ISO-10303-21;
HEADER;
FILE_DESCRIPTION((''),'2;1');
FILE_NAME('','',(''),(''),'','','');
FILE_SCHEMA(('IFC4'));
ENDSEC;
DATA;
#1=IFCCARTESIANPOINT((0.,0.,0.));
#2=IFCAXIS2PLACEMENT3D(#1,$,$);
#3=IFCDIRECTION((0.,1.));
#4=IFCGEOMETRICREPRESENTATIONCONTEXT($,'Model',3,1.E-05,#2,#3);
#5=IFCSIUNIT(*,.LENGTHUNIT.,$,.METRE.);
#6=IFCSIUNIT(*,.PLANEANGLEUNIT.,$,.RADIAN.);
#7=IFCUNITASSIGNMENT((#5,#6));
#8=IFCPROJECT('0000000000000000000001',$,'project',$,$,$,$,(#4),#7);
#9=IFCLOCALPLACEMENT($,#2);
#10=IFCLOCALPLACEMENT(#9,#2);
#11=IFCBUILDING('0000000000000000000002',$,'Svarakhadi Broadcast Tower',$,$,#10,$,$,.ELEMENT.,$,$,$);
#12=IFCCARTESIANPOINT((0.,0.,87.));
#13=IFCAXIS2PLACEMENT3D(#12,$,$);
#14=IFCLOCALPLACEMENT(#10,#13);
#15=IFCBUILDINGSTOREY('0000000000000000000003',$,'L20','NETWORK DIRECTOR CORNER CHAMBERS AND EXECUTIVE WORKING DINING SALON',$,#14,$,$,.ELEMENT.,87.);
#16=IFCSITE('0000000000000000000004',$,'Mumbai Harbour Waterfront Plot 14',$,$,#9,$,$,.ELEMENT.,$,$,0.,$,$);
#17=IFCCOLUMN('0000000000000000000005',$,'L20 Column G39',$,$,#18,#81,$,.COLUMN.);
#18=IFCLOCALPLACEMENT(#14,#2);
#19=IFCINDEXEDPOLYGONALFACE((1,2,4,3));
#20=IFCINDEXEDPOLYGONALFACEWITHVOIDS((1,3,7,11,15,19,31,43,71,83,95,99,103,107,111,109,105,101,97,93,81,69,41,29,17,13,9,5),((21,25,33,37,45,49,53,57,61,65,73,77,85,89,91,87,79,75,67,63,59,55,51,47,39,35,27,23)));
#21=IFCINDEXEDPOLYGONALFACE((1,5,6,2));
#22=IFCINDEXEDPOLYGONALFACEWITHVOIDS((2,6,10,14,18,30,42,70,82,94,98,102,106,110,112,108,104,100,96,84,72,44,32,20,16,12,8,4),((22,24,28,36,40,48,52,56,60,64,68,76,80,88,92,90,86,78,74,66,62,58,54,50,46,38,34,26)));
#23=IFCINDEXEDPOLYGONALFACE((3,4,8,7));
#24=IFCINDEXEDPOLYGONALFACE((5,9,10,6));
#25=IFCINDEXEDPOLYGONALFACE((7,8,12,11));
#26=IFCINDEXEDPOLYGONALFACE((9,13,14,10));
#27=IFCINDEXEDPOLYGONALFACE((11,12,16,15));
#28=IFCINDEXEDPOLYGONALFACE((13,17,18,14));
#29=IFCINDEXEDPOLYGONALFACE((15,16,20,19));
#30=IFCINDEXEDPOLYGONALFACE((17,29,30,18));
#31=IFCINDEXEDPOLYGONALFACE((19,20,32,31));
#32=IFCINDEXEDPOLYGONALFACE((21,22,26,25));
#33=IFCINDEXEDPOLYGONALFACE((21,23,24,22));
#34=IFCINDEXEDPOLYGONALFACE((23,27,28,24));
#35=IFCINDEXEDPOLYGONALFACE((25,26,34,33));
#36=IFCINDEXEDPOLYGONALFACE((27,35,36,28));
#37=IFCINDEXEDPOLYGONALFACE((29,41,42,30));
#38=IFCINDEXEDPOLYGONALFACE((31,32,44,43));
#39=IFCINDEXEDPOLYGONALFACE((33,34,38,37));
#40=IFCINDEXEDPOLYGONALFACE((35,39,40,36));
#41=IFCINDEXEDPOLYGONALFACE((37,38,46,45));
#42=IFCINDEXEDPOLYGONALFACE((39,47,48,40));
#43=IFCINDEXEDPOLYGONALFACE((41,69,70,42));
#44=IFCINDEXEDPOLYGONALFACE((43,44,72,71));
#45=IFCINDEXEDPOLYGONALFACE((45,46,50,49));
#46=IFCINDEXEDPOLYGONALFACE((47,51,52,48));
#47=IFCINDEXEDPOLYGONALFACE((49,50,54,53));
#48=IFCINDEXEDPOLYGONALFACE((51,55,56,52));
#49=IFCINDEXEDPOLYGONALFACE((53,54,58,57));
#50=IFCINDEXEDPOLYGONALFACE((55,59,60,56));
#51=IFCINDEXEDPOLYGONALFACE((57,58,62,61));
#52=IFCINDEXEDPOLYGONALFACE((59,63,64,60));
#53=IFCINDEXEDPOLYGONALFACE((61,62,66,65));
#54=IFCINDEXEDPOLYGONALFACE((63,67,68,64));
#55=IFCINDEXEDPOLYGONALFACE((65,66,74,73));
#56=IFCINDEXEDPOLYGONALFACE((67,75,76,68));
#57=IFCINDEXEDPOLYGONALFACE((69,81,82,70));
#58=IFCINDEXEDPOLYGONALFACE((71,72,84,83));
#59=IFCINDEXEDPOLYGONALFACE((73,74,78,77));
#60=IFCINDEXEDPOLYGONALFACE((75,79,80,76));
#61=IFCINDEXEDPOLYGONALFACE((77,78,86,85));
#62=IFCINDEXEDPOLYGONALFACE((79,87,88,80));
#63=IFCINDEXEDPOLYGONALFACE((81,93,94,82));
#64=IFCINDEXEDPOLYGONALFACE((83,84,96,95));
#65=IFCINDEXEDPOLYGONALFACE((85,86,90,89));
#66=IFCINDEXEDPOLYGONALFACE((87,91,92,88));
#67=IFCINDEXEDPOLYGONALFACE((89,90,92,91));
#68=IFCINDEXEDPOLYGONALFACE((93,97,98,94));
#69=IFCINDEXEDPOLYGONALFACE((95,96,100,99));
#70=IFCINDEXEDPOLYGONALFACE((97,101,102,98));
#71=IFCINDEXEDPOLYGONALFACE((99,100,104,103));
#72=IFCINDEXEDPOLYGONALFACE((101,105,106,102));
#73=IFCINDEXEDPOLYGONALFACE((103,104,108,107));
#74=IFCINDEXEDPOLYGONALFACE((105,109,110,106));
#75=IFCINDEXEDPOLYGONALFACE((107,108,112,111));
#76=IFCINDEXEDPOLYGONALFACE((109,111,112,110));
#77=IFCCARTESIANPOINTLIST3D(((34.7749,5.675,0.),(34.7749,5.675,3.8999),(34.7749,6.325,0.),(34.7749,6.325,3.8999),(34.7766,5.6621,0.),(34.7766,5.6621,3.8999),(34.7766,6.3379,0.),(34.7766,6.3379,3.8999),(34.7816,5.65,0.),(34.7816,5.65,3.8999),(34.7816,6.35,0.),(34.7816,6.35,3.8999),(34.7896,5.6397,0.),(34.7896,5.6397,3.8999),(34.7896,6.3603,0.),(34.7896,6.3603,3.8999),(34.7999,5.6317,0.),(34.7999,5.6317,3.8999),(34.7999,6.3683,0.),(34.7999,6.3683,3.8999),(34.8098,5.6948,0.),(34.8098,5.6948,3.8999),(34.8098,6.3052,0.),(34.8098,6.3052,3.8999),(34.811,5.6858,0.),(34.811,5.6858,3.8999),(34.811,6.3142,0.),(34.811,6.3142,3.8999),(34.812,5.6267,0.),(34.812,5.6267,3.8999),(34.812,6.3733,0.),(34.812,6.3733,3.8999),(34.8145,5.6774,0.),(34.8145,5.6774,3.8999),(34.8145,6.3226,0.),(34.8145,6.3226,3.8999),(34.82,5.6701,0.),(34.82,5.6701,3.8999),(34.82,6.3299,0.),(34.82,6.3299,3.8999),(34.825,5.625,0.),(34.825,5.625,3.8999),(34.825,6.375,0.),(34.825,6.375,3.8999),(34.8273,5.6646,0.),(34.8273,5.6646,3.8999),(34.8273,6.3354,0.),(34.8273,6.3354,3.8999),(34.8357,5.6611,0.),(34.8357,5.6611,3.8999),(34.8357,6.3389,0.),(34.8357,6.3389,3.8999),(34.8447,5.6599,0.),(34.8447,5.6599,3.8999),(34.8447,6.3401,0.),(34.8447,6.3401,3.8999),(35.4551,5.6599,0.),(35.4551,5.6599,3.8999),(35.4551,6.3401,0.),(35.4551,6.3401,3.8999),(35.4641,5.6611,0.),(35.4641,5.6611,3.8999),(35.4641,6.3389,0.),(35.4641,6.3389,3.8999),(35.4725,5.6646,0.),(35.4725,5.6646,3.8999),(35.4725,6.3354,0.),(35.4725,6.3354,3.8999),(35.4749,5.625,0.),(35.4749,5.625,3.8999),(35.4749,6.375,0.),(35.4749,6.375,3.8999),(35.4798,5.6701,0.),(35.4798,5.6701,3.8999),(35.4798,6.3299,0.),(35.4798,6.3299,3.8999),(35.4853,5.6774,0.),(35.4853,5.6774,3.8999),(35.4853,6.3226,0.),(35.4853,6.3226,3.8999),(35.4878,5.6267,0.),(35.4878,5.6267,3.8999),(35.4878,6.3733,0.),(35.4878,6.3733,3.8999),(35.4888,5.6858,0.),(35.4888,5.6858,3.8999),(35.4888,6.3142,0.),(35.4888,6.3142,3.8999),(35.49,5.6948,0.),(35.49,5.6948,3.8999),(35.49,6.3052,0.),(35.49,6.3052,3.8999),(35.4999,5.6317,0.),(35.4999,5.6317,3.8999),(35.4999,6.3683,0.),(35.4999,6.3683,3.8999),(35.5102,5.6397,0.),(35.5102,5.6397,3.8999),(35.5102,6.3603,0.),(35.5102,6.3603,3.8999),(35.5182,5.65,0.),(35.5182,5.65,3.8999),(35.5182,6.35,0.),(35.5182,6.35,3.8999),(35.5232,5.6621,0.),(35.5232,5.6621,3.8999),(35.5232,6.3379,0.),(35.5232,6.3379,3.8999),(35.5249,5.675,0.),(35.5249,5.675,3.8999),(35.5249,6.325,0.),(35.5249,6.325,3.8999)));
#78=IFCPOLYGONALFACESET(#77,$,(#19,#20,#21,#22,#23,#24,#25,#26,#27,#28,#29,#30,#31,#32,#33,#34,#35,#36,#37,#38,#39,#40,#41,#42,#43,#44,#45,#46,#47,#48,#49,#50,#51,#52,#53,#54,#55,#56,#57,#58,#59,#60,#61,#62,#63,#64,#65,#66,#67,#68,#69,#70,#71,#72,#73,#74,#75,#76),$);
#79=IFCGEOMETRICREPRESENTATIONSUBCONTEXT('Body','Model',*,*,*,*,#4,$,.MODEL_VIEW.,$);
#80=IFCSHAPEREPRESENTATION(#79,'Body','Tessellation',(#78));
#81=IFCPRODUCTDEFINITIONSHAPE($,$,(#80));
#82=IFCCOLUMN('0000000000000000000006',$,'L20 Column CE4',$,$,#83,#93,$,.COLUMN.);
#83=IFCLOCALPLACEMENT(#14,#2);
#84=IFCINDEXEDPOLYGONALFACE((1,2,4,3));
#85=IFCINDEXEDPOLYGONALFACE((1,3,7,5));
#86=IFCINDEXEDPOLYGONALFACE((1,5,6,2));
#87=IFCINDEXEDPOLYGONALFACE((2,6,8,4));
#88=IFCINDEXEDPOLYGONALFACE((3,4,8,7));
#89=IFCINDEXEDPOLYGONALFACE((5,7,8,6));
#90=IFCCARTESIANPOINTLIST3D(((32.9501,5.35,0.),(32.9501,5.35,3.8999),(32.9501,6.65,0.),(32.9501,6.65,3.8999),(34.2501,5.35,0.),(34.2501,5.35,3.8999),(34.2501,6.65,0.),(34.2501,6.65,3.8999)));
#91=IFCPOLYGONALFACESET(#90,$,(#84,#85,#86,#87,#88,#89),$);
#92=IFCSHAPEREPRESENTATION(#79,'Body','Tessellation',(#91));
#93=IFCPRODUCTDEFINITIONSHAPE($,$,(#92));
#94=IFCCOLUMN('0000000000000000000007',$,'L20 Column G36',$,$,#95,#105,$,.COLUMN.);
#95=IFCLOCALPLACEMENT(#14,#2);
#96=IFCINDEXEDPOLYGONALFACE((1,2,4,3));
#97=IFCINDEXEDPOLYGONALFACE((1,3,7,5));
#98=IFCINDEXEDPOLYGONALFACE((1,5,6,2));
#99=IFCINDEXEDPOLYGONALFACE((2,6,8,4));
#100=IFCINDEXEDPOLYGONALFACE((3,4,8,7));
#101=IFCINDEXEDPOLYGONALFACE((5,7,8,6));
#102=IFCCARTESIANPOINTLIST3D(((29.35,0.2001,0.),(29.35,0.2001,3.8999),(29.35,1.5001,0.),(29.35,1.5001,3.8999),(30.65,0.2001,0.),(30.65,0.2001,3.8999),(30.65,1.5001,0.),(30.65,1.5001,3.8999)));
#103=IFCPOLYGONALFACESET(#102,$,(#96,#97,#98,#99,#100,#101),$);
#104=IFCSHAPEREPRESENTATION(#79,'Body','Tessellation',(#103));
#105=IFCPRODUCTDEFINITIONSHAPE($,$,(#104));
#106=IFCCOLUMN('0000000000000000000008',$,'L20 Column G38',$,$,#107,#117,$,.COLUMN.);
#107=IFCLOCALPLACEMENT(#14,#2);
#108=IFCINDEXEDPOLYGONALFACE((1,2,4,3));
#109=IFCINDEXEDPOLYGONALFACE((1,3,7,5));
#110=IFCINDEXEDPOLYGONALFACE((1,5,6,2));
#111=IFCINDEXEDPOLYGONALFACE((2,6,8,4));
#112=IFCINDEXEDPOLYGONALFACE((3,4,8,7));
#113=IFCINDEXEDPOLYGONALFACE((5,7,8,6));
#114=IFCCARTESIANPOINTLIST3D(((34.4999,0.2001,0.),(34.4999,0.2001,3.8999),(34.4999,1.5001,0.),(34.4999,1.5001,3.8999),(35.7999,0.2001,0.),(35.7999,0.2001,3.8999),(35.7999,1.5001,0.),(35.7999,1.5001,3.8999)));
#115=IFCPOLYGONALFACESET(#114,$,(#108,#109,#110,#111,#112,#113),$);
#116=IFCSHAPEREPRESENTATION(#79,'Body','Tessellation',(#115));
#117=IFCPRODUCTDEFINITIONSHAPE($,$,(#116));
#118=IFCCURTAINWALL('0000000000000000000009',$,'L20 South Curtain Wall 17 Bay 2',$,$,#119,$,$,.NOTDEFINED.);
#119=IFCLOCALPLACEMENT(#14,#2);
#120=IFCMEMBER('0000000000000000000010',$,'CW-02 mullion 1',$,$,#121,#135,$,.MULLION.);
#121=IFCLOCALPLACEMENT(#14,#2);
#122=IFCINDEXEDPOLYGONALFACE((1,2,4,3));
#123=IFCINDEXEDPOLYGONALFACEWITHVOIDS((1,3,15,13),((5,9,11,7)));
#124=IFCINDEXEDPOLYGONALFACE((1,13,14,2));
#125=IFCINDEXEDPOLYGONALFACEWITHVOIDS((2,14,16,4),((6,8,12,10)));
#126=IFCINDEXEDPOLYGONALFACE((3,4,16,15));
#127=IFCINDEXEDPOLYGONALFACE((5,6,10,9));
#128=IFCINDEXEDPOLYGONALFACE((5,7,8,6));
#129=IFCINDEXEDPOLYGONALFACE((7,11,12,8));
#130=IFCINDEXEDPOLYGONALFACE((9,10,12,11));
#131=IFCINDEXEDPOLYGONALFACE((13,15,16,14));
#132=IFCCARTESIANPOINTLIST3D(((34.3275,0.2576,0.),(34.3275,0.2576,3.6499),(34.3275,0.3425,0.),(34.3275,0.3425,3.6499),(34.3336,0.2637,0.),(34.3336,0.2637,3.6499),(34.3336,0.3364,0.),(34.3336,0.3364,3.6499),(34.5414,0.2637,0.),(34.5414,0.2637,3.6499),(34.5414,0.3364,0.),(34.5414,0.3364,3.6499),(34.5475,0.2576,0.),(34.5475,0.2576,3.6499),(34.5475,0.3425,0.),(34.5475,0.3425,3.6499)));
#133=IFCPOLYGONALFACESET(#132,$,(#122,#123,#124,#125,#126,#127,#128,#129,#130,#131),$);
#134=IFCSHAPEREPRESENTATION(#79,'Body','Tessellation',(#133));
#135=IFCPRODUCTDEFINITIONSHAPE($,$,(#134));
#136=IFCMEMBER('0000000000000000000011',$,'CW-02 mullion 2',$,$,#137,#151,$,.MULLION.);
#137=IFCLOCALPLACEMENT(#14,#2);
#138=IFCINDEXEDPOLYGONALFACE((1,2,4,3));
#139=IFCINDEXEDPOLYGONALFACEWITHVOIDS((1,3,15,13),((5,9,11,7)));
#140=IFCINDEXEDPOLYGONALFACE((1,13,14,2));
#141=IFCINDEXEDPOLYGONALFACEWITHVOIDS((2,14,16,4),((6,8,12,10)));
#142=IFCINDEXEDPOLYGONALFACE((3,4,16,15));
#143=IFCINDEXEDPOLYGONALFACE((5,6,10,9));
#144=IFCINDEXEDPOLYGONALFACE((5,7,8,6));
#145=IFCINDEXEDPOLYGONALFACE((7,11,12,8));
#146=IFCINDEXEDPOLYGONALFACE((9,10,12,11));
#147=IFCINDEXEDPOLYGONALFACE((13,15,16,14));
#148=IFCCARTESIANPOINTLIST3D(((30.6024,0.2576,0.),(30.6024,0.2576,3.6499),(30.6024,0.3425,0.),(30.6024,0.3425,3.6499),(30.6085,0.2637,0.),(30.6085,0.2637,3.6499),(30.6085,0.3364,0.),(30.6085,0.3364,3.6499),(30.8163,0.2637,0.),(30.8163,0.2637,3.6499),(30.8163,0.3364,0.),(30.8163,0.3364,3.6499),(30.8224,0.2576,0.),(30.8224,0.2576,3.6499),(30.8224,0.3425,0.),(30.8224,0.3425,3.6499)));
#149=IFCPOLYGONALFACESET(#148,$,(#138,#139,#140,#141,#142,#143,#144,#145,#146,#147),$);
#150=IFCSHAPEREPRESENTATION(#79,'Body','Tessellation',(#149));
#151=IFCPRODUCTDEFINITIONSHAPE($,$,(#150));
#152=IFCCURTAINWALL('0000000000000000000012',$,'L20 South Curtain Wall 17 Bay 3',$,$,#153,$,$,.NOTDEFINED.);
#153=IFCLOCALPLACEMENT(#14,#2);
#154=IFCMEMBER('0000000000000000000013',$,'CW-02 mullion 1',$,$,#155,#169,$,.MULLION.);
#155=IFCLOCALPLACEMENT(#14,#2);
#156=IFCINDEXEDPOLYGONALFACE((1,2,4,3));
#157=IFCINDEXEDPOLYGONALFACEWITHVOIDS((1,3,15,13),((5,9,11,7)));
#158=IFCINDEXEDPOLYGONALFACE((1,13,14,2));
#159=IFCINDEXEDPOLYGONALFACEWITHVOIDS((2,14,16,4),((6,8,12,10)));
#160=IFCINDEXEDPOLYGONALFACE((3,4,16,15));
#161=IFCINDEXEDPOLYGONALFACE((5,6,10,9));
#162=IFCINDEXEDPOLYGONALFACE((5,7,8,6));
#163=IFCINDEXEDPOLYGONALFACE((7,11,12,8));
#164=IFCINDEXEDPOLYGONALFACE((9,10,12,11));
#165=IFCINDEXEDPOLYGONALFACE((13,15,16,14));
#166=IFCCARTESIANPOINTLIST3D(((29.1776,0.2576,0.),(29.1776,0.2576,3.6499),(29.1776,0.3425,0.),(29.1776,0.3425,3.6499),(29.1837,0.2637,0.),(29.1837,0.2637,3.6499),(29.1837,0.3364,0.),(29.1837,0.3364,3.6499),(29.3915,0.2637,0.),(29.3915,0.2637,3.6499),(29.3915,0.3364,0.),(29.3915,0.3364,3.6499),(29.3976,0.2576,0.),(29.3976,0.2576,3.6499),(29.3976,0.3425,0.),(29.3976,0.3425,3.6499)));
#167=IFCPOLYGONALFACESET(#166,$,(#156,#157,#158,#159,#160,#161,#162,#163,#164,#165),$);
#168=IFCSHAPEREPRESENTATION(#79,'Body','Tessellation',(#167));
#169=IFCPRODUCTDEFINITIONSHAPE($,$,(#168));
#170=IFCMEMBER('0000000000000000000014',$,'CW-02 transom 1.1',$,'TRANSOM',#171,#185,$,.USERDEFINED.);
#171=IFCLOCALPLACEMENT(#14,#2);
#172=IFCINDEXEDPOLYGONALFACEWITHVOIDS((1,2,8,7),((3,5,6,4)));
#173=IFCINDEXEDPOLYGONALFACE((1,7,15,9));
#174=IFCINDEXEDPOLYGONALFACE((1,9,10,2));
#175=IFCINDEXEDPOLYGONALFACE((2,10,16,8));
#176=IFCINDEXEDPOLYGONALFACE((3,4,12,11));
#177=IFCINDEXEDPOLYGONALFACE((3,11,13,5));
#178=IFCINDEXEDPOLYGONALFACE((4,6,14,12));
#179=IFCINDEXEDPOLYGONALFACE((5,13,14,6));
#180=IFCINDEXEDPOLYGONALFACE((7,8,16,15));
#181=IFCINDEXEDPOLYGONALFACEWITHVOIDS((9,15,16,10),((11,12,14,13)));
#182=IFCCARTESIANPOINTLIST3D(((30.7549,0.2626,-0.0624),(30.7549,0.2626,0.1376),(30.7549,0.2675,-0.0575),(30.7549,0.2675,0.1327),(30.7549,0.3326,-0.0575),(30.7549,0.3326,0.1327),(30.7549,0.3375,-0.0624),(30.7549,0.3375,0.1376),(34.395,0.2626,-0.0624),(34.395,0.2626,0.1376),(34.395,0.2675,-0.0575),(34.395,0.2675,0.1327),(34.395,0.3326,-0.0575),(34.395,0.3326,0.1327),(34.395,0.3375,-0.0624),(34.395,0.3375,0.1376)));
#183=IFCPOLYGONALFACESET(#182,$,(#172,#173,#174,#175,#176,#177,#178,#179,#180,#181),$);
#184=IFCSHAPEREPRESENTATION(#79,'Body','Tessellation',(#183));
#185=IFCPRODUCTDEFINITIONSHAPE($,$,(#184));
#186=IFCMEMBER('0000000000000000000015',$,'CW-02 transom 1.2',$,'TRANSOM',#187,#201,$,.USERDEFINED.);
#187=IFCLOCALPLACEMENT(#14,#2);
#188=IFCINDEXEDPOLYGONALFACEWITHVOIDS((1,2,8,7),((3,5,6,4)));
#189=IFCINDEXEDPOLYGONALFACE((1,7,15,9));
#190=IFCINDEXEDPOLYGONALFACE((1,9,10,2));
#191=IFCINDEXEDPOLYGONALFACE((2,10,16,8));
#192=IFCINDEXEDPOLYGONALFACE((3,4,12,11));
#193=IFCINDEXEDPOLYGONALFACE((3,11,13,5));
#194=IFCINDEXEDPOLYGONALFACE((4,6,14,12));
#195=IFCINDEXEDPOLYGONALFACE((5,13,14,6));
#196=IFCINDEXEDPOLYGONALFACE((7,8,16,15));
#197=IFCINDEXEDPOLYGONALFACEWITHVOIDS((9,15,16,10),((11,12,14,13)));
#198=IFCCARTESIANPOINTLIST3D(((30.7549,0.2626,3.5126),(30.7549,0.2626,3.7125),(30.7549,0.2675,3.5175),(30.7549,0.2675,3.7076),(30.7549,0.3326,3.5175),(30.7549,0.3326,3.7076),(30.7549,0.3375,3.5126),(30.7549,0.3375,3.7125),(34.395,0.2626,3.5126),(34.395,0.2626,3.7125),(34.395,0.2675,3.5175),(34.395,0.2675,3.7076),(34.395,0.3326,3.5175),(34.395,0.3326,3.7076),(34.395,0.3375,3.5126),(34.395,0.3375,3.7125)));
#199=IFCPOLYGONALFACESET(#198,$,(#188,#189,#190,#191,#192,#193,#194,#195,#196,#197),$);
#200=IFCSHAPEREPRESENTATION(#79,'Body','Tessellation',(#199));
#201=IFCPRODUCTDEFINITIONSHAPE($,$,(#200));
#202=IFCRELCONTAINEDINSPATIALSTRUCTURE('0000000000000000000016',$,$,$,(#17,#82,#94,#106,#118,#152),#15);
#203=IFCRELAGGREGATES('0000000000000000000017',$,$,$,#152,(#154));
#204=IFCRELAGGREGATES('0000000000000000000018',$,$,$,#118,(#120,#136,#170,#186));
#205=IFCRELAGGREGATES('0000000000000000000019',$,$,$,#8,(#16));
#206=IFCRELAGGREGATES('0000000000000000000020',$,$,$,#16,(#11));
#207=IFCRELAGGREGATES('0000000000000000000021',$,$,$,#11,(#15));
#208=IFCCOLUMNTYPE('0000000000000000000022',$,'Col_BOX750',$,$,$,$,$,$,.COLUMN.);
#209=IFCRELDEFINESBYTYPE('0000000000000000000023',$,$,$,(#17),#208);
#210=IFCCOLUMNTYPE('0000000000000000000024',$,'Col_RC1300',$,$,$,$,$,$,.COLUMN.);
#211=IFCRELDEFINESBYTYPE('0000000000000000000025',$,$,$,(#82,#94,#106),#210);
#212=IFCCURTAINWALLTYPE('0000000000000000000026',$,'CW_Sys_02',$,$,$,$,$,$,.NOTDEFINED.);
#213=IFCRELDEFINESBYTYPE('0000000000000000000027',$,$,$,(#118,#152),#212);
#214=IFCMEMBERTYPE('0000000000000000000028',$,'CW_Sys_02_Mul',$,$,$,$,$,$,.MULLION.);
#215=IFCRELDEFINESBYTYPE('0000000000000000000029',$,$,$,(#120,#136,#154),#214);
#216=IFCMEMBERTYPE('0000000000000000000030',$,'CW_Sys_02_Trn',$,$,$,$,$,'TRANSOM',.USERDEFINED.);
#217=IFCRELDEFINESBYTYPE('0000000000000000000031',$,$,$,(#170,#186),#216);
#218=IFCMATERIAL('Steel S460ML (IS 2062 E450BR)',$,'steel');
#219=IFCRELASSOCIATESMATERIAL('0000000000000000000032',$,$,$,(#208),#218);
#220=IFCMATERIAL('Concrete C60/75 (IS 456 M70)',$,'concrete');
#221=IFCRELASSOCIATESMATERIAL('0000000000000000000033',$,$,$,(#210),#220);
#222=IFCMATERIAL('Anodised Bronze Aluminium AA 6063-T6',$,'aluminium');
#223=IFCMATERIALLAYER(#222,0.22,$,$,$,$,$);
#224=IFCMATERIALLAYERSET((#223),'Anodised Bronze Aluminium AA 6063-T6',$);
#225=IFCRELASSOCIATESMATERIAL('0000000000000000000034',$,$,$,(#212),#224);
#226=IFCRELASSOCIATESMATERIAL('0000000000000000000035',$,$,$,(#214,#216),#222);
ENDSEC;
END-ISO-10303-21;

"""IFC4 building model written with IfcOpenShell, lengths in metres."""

from ifc_helpers import new_model, si_unit, direction, frame, origin, origin_2d, place, context, subcontext, project, spatial, rectangle, hollow_rectangle, extrude, material, layer, layer_set, material_profile, profile_set, type_object, element, aggregate, save


model = new_model("IFC4")

# Units and contexts
model_context = context("Model", 3, precision=1e-05, world=origin(), true_north=direction((0.0, 1.0)))
body_context = subcontext(model_context, "Body", "Model", "MODEL_VIEW")
ifc_project = project(units=[si_unit("LENGTHUNIT", "METRE"), si_unit("PLANEANGLEUNIT", "RADIAN")], contexts=[model_context])

# Site, building, storey
site_placement = place(None, origin())
site = spatial("IfcSite", under=ifc_project, at=site_placement, Name="Mumbai Harbour Waterfront Plot 14", CompositionType="ELEMENT", RefElevation=0.0)
building_placement = place(site_placement, origin())
building = spatial("IfcBuilding", under=site, at=building_placement, Name="Svarakhadi Broadcast Tower", CompositionType="ELEMENT")
storey_placement = place(building_placement, frame((0.0, 0.0, 87.0)))
storey = spatial("IfcBuildingStorey", under=building, at=storey_placement, Name="L20", Description="NETWORK DIRECTOR CORNER CHAMBERS AND EXECUTIVE WORKING DINING SALON", CompositionType="ELEMENT", Elevation=87.0)

# Columns
ifc_material_1 = material(Name="Steel S460ML (IS 2062 E450BR)", Category="steel")
ifc_material_profile_1 = material_profile(ifc_material_1, hollow_rectangle(XDim=0.75, YDim=0.75, WallThickness=0.0349, InnerFilletRadius=0.0349, OuterFilletRadius=0.05, at=origin_2d()), Name="BOX 750x750x35")
ifc_profile_set_1 = profile_set([ifc_material_profile_1], Name="Steel S460ML (IS 2062 E450BR)")
column_type_1 = type_object("IfcColumnType", Name="Col_BOX750", PredefinedType="COLUMN", material=ifc_profile_set_1)
column_placement = place(storey_placement, frame((35.1499, 6.0, 0.0), z_axis=(0.0, 0.0, 1.0), x_axis=(1.0, 0.0, 0.0)))
element("IfcColumn", 1, at=column_placement, inside=storey, type_object=column_type_1, Name="L20 Column G39", PredefinedType="COLUMN", context=body_context, shape_type="SweptSolid", body=[
    extrude(hollow_rectangle(XDim=0.75, YDim=0.75, WallThickness=0.0349, InnerFilletRadius=0.0349, OuterFilletRadius=0.05, at=origin_2d()), origin(), (0.0, 0.0, 1.0), 3.8999),
])
ifc_material_2 = material(Name="Concrete C60/75 (IS 456 M70)", Category="concrete")
ifc_material_profile_2 = material_profile(ifc_material_2, rectangle(XDim=1.3, YDim=1.3, at=origin_2d()), Name="RC 1300x1300")
ifc_profile_set_2 = profile_set([ifc_material_profile_2], Name="Concrete C60/75 (IS 456 M70)")
column_type_2 = type_object("IfcColumnType", Name="Col_RC1300", PredefinedType="COLUMN", material=ifc_profile_set_2)
for number, where, z_axis, x_axis, name in (
    (2, (33.6001, 6.0, 0.0), (0.0, 0.0, 1.0), (1.0, 0.0, 0.0), "L20 Column CE4"),
    (3, (30.0, 0.8501, 0.0), (0.0, 0.0, 1.0), (1.0, 0.0, 0.0), "L20 Column G36"),
    (4, (35.1499, 0.8501, 0.0), (0.0, 0.0, 1.0), (1.0, 0.0, 0.0), "L20 Column G38"),
):
    element("IfcColumn", number, at=place(storey_placement, frame(where, z_axis=z_axis, x_axis=x_axis)), inside=storey, type_object=column_type_2, Name=name, PredefinedType="COLUMN", context=body_context, shape_type="SweptSolid", body=[
        extrude(rectangle(XDim=1.3, YDim=1.3, at=origin_2d()), origin(), (0.0, 0.0, 1.0), 3.8999),
    ])

# Curtain wall, members
ifc_material_3 = material(Name="Anodised Bronze Aluminium AA 6063-T6", Category="aluminium")
ifc_layer_1 = layer(ifc_material_3, 0.22)
ifc_layer_set_1 = layer_set([ifc_layer_1], Name="Anodised Bronze Aluminium AA 6063-T6")
curtain_wall_type = type_object("IfcCurtainWallType", Name="CW_Sys_02", PredefinedType="NOTDEFINED", material=ifc_layer_set_1)
curtain_wall_1_placement = place(storey_placement, origin())
curtain_wall_1 = element("IfcCurtainWall", 5, at=curtain_wall_1_placement, inside=storey, type_object=curtain_wall_type, Name="L20 South Curtain Wall 17 Bay 2", PredefinedType="NOTDEFINED")
ifc_material_profile_3 = material_profile(ifc_material_3, hollow_rectangle(XDim=0.085, YDim=0.22, WallThickness=0.0061, at=origin_2d()), Name="ALU MULLION 220x85x6")
ifc_profile_set_3 = profile_set([ifc_material_profile_3], Name="Anodised Bronze Aluminium AA 6063-T6")
member_type_1 = type_object("IfcMemberType", Name="CW_Sys_02_Mul", PredefinedType="MULLION", material=ifc_profile_set_3)
member_1_placement = place(storey_placement, frame((34.4375, 0.3, 0.0), z_axis=(0.0, 0.0, 1.0), x_axis=(0.0, -1.0, 0.0)))
member_1 = element("IfcMember", 6, at=member_1_placement, type_object=member_type_1, Name="CW-02 mullion 1", PredefinedType="MULLION", context=body_context, shape_type="SweptSolid", body=[
    extrude(hollow_rectangle(XDim=0.085, YDim=0.22, WallThickness=0.0061, at=origin_2d()), origin(), (0.0, 0.0, 1.0), 3.6499),
])
member_2_placement = place(storey_placement, frame((30.7124, 0.3, 0.0), z_axis=(0.0, 0.0, 1.0), x_axis=(0.0, -1.0, 0.0)))
member_2 = element("IfcMember", 7, at=member_2_placement, type_object=member_type_1, Name="CW-02 mullion 2", PredefinedType="MULLION", context=body_context, shape_type="SweptSolid", body=[
    extrude(hollow_rectangle(XDim=0.085, YDim=0.22, WallThickness=0.0061, at=origin_2d()), origin(), (0.0, 0.0, 1.0), 3.6499),
])

# Curtain wall, member
curtain_wall_2_placement = place(storey_placement, origin())
curtain_wall_2 = element("IfcCurtainWall", 8, at=curtain_wall_2_placement, inside=storey, type_object=curtain_wall_type, Name="L20 South Curtain Wall 17 Bay 3", PredefinedType="NOTDEFINED")
member_3_placement = place(storey_placement, frame((29.2876, 0.3, 0.0), z_axis=(0.0, 0.0, 1.0), x_axis=(0.0, -1.0, 0.0)))
member_3 = element("IfcMember", 9, at=member_3_placement, type_object=member_type_1, Name="CW-02 mullion 1", PredefinedType="MULLION", context=body_context, shape_type="SweptSolid", body=[
    extrude(hollow_rectangle(XDim=0.085, YDim=0.22, WallThickness=0.0061, at=origin_2d()), origin(), (0.0, 0.0, 1.0), 3.6499),
])
aggregate(curtain_wall_2, [member_3])

# Members
ifc_material_profile_4 = material_profile(ifc_material_3, hollow_rectangle(XDim=0.075, YDim=0.2, WallThickness=0.0049, at=origin_2d()), Name="ALU TRANSOM 200x75x5")
ifc_profile_set_4 = profile_set([ifc_material_profile_4], Name="Anodised Bronze Aluminium AA 6063-T6")
member_type_2 = type_object("IfcMemberType", Name="CW_Sys_02_Trn", ElementType="TRANSOM", PredefinedType="USERDEFINED", material=ifc_profile_set_4)
member_4_placement = place(storey_placement, frame((34.395, 0.3, 0.0376), z_axis=(-1.0, 0.0, 0.0), x_axis=(0.0, -1.0, 0.0)))
member_4 = element("IfcMember", 10, at=member_4_placement, type_object=member_type_2, Name="CW-02 transom 1.1", ObjectType="TRANSOM", PredefinedType="USERDEFINED", context=body_context, shape_type="SweptSolid", body=[
    extrude(hollow_rectangle(XDim=0.075, YDim=0.2, WallThickness=0.0049, at=origin_2d()), origin(), (0.0, 0.0, 1.0), 3.6401),
])
member_5_placement = place(storey_placement, frame((34.395, 0.3, 3.6125), z_axis=(-1.0, 0.0, 0.0), x_axis=(0.0, -1.0, 0.0)))
member_5 = element("IfcMember", 11, at=member_5_placement, type_object=member_type_2, Name="CW-02 transom 1.2", ObjectType="TRANSOM", PredefinedType="USERDEFINED", context=body_context, shape_type="SweptSolid", body=[
    extrude(hollow_rectangle(XDim=0.075, YDim=0.2, WallThickness=0.0049, at=origin_2d()), origin(), (0.0, 0.0, 1.0), 3.6401),
])

aggregate(curtain_wall_1, [member_1, member_2, member_4, member_5])

save(model, "model.ifc")
